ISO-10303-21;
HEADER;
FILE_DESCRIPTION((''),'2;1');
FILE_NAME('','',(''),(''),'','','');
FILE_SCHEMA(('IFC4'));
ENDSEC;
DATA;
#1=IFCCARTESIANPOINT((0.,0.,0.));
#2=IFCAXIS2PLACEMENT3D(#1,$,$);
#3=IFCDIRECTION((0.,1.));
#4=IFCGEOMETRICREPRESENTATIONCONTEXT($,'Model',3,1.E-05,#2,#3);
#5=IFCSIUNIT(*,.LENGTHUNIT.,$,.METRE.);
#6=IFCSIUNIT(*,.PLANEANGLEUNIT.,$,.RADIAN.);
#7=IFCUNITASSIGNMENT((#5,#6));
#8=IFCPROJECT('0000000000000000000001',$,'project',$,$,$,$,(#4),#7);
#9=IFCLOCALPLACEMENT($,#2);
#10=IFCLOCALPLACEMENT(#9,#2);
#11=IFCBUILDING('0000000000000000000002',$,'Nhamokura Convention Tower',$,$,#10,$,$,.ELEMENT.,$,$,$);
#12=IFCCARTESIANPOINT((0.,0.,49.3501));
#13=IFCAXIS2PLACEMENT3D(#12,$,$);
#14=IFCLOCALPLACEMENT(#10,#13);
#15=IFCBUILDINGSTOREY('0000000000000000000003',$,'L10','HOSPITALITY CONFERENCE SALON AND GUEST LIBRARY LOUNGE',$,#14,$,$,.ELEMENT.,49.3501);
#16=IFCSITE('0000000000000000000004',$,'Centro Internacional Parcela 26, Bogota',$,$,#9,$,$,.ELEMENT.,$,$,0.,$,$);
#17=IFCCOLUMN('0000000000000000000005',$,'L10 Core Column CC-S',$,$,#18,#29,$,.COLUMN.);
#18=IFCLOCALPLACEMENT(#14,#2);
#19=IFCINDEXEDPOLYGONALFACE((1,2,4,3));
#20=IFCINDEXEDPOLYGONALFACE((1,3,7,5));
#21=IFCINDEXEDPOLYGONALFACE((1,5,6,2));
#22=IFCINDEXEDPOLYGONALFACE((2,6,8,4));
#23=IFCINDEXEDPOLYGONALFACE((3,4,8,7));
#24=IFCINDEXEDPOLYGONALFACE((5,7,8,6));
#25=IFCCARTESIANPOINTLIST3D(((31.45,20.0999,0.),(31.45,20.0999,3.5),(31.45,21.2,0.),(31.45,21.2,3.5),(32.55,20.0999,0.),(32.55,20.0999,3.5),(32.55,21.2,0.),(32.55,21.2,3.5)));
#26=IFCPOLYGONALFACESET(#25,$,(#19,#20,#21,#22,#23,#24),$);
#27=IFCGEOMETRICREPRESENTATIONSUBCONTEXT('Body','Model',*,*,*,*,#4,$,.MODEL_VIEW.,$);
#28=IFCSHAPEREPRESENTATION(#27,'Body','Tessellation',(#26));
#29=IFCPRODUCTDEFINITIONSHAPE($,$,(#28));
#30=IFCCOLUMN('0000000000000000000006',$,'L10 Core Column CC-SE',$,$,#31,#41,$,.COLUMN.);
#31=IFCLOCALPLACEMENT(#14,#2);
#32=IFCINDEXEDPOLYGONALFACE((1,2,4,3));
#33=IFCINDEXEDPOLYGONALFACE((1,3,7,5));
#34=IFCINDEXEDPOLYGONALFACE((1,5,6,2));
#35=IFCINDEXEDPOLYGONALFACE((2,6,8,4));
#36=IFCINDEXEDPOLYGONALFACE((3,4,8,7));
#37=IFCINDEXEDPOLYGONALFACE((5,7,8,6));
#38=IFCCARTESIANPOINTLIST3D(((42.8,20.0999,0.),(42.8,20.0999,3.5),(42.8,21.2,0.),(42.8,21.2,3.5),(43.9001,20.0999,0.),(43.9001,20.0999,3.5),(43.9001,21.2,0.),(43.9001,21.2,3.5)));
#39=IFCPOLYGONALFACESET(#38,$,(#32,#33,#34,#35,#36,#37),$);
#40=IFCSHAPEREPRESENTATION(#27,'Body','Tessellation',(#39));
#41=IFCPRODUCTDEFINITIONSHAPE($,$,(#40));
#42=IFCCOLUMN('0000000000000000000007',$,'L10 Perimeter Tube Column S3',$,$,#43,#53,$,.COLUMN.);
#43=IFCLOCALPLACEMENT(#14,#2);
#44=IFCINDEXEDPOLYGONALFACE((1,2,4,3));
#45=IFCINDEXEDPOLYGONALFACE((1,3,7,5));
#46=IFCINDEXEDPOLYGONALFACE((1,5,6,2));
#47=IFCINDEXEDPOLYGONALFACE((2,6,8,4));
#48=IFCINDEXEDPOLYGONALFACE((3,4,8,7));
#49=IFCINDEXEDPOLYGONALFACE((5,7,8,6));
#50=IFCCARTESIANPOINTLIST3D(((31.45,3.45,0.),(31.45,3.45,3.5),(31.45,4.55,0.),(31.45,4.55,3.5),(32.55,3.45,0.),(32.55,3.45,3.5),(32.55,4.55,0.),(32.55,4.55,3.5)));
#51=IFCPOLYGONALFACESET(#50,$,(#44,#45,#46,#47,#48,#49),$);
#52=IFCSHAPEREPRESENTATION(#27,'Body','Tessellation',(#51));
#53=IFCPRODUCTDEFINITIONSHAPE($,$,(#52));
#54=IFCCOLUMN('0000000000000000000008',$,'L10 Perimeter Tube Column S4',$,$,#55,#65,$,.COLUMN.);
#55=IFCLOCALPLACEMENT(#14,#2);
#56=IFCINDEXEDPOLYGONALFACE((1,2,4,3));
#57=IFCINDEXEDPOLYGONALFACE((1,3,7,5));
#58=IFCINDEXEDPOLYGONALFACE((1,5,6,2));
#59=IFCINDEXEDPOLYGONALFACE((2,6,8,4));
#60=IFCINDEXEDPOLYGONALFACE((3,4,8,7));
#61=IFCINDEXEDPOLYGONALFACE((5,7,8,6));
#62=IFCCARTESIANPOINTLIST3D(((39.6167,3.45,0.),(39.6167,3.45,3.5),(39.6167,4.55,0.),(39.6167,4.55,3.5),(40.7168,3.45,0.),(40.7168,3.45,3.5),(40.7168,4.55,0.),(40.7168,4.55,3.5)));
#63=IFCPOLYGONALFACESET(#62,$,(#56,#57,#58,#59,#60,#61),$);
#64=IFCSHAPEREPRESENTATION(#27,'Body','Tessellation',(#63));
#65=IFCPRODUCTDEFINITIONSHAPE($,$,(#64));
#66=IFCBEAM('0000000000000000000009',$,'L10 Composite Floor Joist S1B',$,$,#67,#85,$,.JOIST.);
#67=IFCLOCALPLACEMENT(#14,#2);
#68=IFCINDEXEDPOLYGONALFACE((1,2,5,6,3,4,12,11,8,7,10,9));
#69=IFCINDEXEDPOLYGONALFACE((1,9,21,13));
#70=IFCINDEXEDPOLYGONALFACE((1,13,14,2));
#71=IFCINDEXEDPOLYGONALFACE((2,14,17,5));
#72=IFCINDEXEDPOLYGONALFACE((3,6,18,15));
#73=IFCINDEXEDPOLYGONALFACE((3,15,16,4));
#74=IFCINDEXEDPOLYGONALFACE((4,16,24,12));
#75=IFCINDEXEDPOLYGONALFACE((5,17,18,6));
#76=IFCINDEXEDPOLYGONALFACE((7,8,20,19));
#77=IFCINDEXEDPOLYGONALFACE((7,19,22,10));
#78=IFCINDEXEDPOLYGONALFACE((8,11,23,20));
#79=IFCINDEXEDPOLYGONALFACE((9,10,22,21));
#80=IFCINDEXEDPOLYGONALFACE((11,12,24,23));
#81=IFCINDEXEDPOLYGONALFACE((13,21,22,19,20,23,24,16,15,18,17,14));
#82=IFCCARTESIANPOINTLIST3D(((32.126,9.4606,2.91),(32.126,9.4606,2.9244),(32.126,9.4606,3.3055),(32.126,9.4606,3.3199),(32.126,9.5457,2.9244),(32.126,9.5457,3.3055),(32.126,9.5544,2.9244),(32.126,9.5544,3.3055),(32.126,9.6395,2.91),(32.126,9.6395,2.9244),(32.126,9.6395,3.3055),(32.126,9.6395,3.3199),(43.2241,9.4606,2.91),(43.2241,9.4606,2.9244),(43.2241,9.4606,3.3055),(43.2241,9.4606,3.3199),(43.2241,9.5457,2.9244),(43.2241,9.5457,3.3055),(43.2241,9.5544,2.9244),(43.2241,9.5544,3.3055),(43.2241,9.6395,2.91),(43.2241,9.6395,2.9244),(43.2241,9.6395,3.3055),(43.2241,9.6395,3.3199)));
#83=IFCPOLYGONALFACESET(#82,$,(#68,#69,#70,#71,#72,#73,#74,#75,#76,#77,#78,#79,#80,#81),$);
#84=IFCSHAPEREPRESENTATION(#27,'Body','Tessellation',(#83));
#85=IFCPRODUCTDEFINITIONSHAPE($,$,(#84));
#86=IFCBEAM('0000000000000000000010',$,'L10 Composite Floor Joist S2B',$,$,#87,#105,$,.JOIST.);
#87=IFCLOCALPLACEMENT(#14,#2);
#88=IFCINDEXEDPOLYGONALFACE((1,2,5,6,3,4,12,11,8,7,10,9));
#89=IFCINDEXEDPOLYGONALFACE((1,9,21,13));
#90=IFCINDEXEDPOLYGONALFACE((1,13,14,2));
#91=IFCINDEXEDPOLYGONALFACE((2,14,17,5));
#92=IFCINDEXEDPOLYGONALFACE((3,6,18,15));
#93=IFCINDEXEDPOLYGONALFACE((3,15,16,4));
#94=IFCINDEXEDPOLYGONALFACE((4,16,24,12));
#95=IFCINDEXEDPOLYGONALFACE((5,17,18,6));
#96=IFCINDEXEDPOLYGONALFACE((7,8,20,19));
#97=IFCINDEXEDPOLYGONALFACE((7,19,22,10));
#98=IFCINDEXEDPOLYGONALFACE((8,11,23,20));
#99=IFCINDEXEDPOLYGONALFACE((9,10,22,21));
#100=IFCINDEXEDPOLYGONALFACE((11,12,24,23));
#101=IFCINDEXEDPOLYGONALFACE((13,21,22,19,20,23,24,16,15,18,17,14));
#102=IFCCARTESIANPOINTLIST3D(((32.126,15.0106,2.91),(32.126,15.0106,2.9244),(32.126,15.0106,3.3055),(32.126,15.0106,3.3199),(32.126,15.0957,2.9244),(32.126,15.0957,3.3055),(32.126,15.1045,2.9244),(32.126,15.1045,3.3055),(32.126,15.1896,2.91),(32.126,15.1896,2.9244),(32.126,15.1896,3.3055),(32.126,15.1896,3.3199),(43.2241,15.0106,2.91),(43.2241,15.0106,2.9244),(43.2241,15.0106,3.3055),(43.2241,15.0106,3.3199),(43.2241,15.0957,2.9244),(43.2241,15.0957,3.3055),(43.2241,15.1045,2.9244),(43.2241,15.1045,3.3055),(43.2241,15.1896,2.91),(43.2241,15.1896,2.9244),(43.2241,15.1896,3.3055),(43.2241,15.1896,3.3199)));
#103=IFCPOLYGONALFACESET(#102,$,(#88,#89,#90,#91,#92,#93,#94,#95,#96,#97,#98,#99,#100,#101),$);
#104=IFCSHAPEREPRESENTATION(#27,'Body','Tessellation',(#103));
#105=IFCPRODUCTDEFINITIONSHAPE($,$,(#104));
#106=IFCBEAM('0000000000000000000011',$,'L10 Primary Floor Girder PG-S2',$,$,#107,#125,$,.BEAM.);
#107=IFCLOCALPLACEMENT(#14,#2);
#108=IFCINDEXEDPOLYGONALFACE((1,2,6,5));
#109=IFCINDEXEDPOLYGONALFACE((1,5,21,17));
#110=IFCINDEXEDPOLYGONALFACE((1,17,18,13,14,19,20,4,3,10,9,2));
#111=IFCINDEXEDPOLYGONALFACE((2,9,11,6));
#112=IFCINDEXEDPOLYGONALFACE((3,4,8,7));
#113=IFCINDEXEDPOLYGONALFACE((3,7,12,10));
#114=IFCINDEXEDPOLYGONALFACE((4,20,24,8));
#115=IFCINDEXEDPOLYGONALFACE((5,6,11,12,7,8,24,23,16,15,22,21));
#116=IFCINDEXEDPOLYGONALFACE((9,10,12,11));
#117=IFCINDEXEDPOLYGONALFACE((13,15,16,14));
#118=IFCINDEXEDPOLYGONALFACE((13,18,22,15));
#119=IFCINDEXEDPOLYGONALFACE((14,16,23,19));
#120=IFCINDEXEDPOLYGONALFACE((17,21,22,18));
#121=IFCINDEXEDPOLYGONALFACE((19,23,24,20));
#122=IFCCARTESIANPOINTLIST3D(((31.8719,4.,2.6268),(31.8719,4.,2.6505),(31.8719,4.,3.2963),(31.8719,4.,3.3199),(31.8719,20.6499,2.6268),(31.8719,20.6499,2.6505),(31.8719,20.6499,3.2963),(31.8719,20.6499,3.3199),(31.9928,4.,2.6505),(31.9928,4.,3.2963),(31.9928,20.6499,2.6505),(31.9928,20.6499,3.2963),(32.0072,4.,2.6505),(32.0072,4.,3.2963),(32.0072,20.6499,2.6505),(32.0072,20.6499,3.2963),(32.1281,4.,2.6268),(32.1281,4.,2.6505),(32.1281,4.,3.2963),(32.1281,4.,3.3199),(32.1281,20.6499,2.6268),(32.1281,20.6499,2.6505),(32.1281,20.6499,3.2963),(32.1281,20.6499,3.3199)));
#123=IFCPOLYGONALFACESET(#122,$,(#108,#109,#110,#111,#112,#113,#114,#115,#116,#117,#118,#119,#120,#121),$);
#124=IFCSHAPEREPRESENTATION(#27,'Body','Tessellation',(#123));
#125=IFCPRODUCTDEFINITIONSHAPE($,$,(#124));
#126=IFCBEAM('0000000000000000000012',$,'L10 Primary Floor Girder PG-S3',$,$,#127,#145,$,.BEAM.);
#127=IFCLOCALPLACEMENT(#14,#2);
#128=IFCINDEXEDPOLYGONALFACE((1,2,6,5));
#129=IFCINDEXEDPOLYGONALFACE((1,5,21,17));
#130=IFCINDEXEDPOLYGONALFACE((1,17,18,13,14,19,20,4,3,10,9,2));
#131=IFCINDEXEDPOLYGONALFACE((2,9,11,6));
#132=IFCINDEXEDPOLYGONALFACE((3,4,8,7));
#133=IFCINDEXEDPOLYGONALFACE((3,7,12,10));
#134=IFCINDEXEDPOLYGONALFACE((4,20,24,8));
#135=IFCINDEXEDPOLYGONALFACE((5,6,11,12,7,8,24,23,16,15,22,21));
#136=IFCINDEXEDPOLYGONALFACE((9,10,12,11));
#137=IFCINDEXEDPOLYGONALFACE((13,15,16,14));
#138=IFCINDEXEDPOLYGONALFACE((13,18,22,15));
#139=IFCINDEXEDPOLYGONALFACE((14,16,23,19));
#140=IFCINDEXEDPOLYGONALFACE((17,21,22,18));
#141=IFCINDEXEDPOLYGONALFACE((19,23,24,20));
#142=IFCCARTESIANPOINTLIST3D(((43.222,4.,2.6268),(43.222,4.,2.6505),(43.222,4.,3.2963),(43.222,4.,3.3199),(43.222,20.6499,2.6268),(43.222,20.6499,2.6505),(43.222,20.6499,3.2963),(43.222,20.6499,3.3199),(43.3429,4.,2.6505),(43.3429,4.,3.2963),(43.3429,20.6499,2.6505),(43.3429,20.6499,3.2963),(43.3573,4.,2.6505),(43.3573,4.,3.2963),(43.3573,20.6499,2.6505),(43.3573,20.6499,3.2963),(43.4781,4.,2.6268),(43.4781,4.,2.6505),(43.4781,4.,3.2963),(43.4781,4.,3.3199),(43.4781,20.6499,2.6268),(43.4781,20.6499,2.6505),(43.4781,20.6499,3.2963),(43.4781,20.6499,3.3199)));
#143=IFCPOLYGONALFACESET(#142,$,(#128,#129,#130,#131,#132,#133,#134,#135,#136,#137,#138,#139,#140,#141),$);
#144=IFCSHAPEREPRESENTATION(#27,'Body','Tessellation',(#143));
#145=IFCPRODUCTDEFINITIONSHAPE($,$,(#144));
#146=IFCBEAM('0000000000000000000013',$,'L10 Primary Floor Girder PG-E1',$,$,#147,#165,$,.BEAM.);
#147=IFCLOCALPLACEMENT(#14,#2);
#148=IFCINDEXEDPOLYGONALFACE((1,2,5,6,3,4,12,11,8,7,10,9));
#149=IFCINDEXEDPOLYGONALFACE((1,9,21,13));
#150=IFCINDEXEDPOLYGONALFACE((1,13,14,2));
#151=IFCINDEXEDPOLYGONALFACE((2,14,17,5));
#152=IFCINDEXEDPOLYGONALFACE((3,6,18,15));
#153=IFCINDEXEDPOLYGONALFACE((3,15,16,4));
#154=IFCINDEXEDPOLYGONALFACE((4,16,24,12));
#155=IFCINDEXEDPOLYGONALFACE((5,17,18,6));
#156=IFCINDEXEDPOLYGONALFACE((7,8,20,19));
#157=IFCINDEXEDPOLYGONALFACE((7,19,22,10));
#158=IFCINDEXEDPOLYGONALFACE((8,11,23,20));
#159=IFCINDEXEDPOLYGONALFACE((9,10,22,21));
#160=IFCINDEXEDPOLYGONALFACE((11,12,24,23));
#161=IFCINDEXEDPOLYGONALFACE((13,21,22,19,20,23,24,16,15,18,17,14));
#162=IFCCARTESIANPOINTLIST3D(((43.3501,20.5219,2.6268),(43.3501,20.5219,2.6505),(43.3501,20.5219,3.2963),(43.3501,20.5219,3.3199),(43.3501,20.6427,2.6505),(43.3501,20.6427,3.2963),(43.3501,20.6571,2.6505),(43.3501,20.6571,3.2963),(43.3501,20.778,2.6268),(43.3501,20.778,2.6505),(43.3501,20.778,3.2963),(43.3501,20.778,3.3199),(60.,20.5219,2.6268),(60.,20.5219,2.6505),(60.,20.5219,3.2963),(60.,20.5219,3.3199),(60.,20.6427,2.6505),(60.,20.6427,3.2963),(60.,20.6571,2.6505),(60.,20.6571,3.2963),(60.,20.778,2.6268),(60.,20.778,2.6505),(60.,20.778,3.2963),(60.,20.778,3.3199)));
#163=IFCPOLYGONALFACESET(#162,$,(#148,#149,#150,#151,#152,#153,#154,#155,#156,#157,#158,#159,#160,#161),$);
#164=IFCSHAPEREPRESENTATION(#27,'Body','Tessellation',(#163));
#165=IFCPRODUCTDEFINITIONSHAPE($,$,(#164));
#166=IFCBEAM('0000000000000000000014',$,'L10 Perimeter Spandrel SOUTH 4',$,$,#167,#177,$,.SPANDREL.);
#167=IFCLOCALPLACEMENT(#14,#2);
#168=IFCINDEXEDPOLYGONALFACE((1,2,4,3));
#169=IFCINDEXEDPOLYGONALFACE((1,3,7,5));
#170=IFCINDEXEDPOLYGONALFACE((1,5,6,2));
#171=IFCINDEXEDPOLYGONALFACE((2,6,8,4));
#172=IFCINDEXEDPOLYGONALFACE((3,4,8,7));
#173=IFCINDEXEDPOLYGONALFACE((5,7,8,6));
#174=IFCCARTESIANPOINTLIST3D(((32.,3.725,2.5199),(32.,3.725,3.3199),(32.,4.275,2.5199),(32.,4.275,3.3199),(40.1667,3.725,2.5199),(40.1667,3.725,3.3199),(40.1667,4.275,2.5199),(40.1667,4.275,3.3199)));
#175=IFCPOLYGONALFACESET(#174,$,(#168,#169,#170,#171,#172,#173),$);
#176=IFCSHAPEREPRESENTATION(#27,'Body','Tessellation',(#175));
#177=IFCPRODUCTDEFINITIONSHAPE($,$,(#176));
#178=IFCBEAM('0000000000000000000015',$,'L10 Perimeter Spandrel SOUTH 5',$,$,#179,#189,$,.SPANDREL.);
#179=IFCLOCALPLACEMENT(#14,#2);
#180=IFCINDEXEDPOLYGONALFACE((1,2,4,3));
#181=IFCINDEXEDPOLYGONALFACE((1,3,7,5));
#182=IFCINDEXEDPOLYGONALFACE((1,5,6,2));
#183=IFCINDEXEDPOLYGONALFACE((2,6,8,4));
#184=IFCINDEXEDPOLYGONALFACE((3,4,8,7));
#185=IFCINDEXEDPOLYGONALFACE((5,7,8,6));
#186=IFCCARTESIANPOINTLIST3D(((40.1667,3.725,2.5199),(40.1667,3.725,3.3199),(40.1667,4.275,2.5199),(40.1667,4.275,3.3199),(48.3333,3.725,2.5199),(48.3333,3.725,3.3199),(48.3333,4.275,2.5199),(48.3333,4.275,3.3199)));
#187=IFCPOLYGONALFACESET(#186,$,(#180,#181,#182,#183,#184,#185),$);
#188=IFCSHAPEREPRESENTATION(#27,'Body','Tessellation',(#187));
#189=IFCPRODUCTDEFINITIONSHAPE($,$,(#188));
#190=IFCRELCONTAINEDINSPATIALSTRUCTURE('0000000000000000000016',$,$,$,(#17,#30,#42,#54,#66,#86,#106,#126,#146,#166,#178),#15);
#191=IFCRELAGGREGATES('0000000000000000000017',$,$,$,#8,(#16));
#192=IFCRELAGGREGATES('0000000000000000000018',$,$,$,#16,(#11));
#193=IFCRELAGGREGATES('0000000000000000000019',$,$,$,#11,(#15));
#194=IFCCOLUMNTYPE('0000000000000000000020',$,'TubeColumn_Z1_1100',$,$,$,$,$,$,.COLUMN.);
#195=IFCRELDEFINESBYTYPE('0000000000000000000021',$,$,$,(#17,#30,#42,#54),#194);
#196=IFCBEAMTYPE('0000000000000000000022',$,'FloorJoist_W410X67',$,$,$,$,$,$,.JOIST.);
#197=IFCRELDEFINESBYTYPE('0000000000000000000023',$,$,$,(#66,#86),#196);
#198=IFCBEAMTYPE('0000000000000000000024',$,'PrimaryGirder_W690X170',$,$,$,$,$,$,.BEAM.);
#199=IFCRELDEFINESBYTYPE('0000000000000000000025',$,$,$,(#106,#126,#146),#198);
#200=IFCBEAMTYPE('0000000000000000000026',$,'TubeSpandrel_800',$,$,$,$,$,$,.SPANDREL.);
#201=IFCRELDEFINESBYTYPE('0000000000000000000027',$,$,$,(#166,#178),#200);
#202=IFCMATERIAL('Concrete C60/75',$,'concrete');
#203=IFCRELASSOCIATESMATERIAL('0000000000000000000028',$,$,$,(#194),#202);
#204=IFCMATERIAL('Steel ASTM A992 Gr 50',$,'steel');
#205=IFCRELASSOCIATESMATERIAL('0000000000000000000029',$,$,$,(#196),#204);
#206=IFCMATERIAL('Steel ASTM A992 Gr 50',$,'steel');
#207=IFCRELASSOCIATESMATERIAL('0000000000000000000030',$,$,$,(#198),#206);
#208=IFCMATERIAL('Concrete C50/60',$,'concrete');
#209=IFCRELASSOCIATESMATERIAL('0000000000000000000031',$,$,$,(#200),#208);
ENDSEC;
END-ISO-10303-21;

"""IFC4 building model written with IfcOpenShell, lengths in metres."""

from ifc_helpers import new_model, si_unit, direction, frame, origin, origin_2d, place, context, subcontext, project, spatial, rectangle, i_section, extrude, material, material_profile, profile_set, type_object, element, save


model = new_model("IFC4")

# Units and contexts
model_context = context("Model", 3, precision=1e-05, world=origin(), true_north=direction((0.0, 1.0)))
body_context = subcontext(model_context, "Body", "Model", "MODEL_VIEW")
ifc_project = project(units=[si_unit("LENGTHUNIT", "METRE"), si_unit("PLANEANGLEUNIT", "RADIAN")], contexts=[model_context])

# Site, building, storey
site_placement = place(None, origin())
site = spatial("IfcSite", under=ifc_project, at=site_placement, Name="Centro Internacional Parcela 26, Bogota", CompositionType="ELEMENT", RefElevation=0.0)
building_placement = place(site_placement, origin())
building = spatial("IfcBuilding", under=site, at=building_placement, Name="Nhamokura Convention Tower", CompositionType="ELEMENT")
storey_placement = place(building_placement, frame((0.0, 0.0, 49.3501)))
storey = spatial("IfcBuildingStorey", under=building, at=storey_placement, Name="L10", Description="HOSPITALITY CONFERENCE SALON AND GUEST LIBRARY LOUNGE", CompositionType="ELEMENT", Elevation=49.3501)

# Columns
ifc_material_1 = material(Name="Concrete C60/75", Category="concrete")
ifc_material_profile_1 = material_profile(ifc_material_1, rectangle(XDim=1.1001, YDim=1.1001, at=origin_2d()))
ifc_profile_set_1 = profile_set([ifc_material_profile_1], Name="Concrete C60/75")
column_type = type_object("IfcColumnType", Name="TubeColumn_Z1_1100", PredefinedType="COLUMN", material=ifc_profile_set_1)
for number, where, z_axis, x_axis, name in (
    (1, (32.0, 20.6499, 0.0), (0.0, 0.0, 1.0), (1.0, 0.0, 0.0), "L10 Core Column CC-S"),
    (2, (43.3501, 20.6499, 0.0), (0.0, 0.0, 1.0), (1.0, 0.0, 0.0), "L10 Core Column CC-SE"),
    (3, (32.0, 4.0, 0.0), (0.0, 0.0, 1.0), (1.0, 0.0, 0.0), "L10 Perimeter Tube Column S3"),
    (4, (40.1667, 4.0, 0.0), (0.0, 0.0, 1.0), (1.0, 0.0, 0.0), "L10 Perimeter Tube Column S4"),
):
    element("IfcColumn", number, at=place(storey_placement, frame(where, z_axis=z_axis, x_axis=x_axis)), inside=storey, type_object=column_type, Name=name, PredefinedType="COLUMN", context=body_context, shape_type="SweptSolid", body=[
        extrude(rectangle(XDim=1.1001, YDim=1.1001, at=origin_2d()), origin(), (0.0, 0.0, 1.0), 3.5),
    ])

# Beams
ifc_material_2 = material(Name="Steel ASTM A992 Gr 50", Category="steel")
ifc_material_profile_2 = material_profile(ifc_material_2, i_section(OverallWidth=0.179, OverallDepth=0.4099, WebThickness=0.0088, FlangeThickness=0.0144, at=origin_2d()))
ifc_profile_set_2 = profile_set([ifc_material_profile_2], Name="Steel ASTM A992 Gr 50")
beam_type_1 = type_object("IfcBeamType", Name="FloorJoist_W410X67", PredefinedType="JOIST", material=ifc_profile_set_2)
for number, where, z_axis, x_axis, name in (
    (5, (32.126, 9.55, 3.115), (1.0, 0.0, 0.0), (0.0, 1.0, 0.0), "L10 Composite Floor Joist S1B"),
    (6, (32.126, 15.1001, 3.115), (1.0, 0.0, 0.0), (0.0, 1.0, 0.0), "L10 Composite Floor Joist S2B"),
):
    element("IfcBeam", number, at=place(storey_placement, frame(where, z_axis=z_axis, x_axis=x_axis)), inside=storey, type_object=beam_type_1, Name=name, PredefinedType="JOIST", context=body_context, shape_type="SweptSolid", body=[
        extrude(i_section(OverallWidth=0.179, OverallDepth=0.4099, WebThickness=0.0088, FlangeThickness=0.0144, at=origin_2d()), origin(), (0.0, 0.0, 1.0), 11.0981),
    ])
ifc_material_3 = material(Name="Steel ASTM A992 Gr 50", Category="steel")
ifc_material_profile_3 = material_profile(ifc_material_3, i_section(OverallWidth=0.2561, OverallDepth=0.6931, WebThickness=0.0144, FlangeThickness=0.0237, at=origin_2d()))
ifc_profile_set_3 = profile_set([ifc_material_profile_3], Name="Steel ASTM A992 Gr 50")
beam_type_2 = type_object("IfcBeamType", Name="PrimaryGirder_W690X170", PredefinedType="BEAM", material=ifc_profile_set_3)
for number, where, z_axis, x_axis, name in (
    (7, (32.0, 4.0, 2.9734), (0.0, 1.0, 0.0), (-1.0, 0.0, 0.0), "L10 Primary Floor Girder PG-S2"),
    (8, (43.3501, 4.0, 2.9734), (0.0, 1.0, 0.0), (-1.0, 0.0, 0.0), "L10 Primary Floor Girder PG-S3"),
    (9, (43.3501, 20.6499, 2.9734), (1.0, 0.0, 0.0), (0.0, 1.0, 0.0), "L10 Primary Floor Girder PG-E1"),
):
    element("IfcBeam", number, at=place(storey_placement, frame(where, z_axis=z_axis, x_axis=x_axis)), inside=storey, type_object=beam_type_2, Name=name, PredefinedType="BEAM", context=body_context, shape_type="SweptSolid", body=[
        extrude(i_section(OverallWidth=0.2561, OverallDepth=0.6931, WebThickness=0.0144, FlangeThickness=0.0237, at=origin_2d()), origin(), (0.0, 0.0, 1.0), 16.6499),
    ])
ifc_material_4 = material(Name="Concrete C50/60", Category="concrete")
ifc_material_profile_4 = material_profile(ifc_material_4, rectangle(XDim=0.55, YDim=0.8, at=origin_2d()))
ifc_profile_set_4 = profile_set([ifc_material_profile_4], Name="Concrete C50/60")
beam_type_3 = type_object("IfcBeamType", Name="TubeSpandrel_800", PredefinedType="SPANDREL", material=ifc_profile_set_4)
beam_1_placement = place(storey_placement, frame((32.0, 4.0, 2.9199), z_axis=(1.0, 0.0, 0.0), x_axis=(0.0, 1.0, 0.0)))
element("IfcBeam", 10, at=beam_1_placement, inside=storey, type_object=beam_type_3, Name="L10 Perimeter Spandrel SOUTH 4", PredefinedType="SPANDREL", context=body_context, shape_type="SweptSolid", body=[
    extrude(rectangle(XDim=0.55, YDim=0.8, at=origin_2d()), origin(), (0.0, 0.0, 1.0), 8.1667),
])
beam_2_placement = place(storey_placement, frame((40.1667, 4.0, 2.9199), z_axis=(1.0, 0.0, 0.0), x_axis=(0.0, 1.0, 0.0)))
element("IfcBeam", 11, at=beam_2_placement, inside=storey, type_object=beam_type_3, Name="L10 Perimeter Spandrel SOUTH 5", PredefinedType="SPANDREL", context=body_context, shape_type="SweptSolid", body=[
    extrude(rectangle(XDim=0.55, YDim=0.8, at=origin_2d()), origin(), (0.0, 0.0, 1.0), 8.1665),
])

save(model, "model.ifc")
